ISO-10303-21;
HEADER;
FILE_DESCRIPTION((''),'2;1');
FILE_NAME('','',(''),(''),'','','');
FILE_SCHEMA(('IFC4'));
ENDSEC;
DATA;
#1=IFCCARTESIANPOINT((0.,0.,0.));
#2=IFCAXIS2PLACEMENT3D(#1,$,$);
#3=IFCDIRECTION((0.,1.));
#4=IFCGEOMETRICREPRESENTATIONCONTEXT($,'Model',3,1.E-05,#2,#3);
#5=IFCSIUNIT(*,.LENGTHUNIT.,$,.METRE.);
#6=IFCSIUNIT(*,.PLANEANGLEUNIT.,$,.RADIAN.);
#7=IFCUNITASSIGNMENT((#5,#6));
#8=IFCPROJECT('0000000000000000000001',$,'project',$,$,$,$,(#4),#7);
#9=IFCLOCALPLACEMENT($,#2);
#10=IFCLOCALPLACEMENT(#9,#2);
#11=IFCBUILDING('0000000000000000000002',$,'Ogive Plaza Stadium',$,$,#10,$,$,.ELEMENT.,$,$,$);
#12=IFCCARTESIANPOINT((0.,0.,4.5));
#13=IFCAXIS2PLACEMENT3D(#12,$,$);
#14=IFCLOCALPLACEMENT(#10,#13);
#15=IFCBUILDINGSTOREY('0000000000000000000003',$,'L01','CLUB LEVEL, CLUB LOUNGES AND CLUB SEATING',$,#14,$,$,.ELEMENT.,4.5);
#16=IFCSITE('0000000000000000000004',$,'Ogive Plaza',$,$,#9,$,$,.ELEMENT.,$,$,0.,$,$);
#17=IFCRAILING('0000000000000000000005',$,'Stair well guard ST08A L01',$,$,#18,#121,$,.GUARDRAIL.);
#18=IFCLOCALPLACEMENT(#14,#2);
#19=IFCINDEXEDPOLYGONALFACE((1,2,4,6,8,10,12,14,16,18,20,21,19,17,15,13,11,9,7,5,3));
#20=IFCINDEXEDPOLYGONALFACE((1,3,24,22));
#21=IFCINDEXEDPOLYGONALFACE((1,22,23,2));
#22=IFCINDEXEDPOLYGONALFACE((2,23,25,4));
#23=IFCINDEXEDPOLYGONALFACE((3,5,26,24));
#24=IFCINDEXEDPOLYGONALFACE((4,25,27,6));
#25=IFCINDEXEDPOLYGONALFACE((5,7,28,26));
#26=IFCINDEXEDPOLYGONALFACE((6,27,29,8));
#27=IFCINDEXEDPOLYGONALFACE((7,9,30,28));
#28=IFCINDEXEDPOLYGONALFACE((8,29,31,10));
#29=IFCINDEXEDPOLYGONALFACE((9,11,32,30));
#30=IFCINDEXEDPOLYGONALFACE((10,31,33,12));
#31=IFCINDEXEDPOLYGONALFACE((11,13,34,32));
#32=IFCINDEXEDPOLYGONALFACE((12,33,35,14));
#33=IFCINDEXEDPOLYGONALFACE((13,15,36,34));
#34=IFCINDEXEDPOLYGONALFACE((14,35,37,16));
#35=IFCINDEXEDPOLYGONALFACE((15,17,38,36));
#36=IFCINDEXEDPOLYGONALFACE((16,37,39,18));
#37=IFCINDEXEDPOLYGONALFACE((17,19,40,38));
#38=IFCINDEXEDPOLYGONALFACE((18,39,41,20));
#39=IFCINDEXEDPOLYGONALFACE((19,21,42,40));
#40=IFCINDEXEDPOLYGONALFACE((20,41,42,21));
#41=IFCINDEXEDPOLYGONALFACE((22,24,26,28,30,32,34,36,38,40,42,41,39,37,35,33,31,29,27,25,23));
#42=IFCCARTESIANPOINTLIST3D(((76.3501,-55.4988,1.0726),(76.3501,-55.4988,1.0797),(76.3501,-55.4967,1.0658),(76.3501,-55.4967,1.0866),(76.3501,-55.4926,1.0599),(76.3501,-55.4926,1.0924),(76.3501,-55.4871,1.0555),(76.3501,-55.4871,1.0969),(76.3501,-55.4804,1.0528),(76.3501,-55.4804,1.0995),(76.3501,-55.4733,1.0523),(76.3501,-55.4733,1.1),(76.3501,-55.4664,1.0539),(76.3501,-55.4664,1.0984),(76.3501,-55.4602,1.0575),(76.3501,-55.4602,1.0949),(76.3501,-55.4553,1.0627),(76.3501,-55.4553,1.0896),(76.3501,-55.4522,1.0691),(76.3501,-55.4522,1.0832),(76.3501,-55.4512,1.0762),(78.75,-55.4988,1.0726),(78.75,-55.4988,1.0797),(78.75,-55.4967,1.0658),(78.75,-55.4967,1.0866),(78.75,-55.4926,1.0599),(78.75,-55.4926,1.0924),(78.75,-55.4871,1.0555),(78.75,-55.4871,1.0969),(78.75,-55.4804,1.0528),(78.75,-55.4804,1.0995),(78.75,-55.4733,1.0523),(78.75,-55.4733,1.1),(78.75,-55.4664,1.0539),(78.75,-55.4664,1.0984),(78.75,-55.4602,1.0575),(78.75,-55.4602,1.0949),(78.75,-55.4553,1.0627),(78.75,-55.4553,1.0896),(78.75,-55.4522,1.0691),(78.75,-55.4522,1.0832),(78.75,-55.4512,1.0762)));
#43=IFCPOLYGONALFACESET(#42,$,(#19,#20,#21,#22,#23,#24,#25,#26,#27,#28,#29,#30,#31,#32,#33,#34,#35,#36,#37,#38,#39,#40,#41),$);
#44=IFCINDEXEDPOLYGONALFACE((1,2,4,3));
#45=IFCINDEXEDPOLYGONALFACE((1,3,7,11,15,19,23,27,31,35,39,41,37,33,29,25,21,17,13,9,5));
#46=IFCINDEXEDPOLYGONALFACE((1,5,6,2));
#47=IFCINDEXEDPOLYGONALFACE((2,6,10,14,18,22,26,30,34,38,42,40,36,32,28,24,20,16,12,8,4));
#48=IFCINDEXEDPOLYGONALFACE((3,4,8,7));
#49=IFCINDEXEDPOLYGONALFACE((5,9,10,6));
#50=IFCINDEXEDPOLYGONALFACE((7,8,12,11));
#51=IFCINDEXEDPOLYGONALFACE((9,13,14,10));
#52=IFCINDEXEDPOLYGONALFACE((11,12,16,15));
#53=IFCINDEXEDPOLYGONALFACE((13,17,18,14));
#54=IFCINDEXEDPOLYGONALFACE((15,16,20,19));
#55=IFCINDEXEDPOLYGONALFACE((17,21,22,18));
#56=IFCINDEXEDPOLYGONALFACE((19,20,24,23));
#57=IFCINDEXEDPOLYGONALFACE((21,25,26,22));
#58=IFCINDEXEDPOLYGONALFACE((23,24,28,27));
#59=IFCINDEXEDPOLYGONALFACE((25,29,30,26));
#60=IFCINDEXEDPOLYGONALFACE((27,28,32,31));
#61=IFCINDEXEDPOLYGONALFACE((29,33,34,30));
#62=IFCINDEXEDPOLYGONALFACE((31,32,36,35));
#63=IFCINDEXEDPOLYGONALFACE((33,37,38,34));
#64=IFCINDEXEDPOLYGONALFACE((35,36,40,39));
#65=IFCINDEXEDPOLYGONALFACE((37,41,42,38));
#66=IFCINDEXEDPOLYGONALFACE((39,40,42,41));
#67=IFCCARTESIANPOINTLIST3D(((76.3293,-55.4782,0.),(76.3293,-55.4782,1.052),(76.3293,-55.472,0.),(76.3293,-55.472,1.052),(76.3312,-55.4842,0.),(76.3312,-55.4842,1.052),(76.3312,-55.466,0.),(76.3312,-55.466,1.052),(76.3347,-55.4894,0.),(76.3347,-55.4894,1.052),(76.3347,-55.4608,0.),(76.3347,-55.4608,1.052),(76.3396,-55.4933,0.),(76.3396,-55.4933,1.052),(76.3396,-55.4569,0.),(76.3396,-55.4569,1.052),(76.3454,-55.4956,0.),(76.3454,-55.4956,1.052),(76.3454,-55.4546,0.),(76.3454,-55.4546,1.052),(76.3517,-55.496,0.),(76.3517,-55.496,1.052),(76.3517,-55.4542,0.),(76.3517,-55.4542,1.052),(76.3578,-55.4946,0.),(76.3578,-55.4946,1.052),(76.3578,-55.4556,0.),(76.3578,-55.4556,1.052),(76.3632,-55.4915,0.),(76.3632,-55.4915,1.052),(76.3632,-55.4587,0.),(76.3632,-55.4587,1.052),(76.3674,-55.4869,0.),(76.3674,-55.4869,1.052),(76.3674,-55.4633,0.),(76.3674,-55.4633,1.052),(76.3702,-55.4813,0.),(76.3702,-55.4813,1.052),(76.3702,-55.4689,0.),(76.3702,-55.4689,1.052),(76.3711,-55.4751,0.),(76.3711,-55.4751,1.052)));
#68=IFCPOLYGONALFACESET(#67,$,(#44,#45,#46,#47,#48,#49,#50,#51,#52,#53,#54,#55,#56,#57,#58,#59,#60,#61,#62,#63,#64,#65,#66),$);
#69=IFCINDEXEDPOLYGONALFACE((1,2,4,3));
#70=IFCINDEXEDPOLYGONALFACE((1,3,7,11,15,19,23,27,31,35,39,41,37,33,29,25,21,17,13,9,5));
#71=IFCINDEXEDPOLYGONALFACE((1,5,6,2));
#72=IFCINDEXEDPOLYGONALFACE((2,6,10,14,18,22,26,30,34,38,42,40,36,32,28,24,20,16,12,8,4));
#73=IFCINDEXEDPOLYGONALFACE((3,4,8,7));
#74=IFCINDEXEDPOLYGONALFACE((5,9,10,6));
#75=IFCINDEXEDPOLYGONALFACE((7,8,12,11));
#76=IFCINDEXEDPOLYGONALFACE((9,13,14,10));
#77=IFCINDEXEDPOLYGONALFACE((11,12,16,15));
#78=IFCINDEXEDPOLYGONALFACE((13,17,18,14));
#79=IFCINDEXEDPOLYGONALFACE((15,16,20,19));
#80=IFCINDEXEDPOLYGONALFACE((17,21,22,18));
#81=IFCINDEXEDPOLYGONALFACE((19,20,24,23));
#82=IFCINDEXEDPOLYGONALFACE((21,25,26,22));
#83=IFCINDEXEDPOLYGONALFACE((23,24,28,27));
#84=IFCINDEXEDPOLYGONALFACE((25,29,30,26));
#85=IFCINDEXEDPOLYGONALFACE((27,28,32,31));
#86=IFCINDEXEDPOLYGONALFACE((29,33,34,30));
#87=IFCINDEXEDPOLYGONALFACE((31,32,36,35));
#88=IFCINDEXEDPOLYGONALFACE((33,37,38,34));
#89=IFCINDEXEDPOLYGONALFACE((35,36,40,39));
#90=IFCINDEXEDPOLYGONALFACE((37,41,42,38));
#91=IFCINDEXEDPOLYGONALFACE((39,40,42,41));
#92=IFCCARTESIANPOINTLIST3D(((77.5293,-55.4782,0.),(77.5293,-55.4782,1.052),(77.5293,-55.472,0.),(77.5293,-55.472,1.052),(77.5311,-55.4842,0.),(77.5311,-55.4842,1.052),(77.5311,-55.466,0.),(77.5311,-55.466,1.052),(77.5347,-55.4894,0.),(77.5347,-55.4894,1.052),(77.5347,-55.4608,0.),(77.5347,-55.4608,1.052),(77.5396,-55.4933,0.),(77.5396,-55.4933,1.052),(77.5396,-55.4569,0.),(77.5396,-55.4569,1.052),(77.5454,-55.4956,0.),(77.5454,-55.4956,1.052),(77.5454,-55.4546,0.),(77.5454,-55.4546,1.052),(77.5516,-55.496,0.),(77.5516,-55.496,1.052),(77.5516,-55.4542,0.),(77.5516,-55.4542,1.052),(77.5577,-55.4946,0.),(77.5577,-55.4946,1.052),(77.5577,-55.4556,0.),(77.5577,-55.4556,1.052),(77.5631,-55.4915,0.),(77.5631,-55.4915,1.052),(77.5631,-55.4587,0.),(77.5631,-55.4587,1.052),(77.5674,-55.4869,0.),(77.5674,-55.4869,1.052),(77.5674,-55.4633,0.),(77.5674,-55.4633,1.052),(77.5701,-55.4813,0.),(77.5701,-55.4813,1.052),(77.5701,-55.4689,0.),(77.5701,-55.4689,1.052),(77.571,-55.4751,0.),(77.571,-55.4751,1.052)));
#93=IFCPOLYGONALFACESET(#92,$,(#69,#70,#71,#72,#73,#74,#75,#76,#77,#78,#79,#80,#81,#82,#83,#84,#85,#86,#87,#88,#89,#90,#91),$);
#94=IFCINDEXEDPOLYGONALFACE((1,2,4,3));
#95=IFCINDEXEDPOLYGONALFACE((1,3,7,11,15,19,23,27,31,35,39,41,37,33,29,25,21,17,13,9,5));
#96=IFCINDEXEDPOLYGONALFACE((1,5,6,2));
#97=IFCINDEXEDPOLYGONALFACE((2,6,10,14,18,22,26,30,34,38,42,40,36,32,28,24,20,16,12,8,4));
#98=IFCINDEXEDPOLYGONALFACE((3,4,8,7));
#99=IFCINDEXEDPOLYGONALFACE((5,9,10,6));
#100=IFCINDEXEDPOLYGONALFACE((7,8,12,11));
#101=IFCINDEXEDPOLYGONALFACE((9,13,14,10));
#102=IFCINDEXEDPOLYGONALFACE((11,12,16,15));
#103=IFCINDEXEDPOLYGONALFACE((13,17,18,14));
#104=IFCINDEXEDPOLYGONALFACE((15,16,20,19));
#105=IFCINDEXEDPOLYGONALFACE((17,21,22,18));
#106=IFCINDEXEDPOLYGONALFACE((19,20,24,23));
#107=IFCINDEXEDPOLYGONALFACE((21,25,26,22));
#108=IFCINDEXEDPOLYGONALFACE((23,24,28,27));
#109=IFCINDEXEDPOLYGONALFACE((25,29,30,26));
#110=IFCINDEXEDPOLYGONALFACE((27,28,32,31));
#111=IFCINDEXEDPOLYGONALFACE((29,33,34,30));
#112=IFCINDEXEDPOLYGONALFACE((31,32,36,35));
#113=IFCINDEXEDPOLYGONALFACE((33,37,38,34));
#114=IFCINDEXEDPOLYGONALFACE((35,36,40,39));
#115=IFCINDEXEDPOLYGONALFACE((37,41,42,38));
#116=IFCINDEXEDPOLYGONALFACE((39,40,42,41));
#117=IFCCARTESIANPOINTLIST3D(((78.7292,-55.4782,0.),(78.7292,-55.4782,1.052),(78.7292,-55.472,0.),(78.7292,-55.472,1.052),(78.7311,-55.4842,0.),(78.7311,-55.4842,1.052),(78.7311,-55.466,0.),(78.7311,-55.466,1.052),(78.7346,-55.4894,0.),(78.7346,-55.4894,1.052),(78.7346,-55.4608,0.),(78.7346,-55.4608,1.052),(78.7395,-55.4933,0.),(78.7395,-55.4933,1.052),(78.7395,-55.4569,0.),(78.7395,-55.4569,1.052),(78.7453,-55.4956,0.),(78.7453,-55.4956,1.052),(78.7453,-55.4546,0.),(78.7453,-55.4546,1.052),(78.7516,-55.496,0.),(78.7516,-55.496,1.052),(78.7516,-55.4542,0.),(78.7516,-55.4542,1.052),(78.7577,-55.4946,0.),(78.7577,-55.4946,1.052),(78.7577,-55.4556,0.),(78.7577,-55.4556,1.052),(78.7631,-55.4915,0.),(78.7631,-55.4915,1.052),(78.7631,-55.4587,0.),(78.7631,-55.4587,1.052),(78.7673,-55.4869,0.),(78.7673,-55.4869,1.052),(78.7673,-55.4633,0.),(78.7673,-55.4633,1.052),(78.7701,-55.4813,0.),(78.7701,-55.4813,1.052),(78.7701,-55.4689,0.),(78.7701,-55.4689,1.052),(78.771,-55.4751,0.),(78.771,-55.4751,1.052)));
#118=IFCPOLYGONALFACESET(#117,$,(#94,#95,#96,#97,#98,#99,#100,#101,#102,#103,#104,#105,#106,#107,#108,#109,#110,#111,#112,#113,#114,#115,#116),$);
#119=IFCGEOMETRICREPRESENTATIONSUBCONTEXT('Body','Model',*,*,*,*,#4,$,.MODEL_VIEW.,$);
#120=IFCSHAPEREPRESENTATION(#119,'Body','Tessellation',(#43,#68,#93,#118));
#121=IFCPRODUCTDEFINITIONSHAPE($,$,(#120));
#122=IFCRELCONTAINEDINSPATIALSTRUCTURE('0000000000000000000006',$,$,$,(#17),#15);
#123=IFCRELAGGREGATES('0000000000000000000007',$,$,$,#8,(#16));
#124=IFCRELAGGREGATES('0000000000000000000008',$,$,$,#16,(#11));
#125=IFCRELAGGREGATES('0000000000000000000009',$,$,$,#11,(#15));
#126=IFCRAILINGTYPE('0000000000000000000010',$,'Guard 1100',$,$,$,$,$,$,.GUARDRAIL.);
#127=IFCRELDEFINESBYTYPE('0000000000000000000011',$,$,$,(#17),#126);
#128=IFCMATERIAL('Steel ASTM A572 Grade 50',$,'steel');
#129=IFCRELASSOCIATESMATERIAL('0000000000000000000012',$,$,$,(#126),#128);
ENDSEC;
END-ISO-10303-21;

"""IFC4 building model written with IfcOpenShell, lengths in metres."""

from ifc_helpers import new_model, si_unit, direction, frame, origin, origin_2d, place, context, subcontext, project, spatial, circle, extrude, material, type_object, element, save


model = new_model("IFC4")

# Units and contexts
model_context = context("Model", 3, precision=1e-05, world=origin(), true_north=direction((0.0, 1.0)))
body_context = subcontext(model_context, "Body", "Model", "MODEL_VIEW")
ifc_project = project(units=[si_unit("LENGTHUNIT", "METRE"), si_unit("PLANEANGLEUNIT", "RADIAN")], contexts=[model_context])

# Site, building, storey
site_placement = place(None, origin())
site = spatial("IfcSite", under=ifc_project, at=site_placement, Name="Ogive Plaza", CompositionType="ELEMENT", RefElevation=0.0)
building_placement = place(site_placement, origin())
building = spatial("IfcBuilding", under=site, at=building_placement, Name="Ogive Plaza Stadium", CompositionType="ELEMENT")
storey_placement = place(building_placement, frame((0.0, 0.0, 4.5)))
storey = spatial("IfcBuildingStorey", under=building, at=storey_placement, Name="L01", Description="CLUB LEVEL, CLUB LOUNGES AND CLUB SEATING", CompositionType="ELEMENT", Elevation=4.5)

# Railing
ifc_material_1 = material(Name="Steel ASTM A572 Grade 50", Category="steel")
railing_type_1 = type_object("IfcRailingType", Name="Guard 1100", PredefinedType="GUARDRAIL", material=ifc_material_1)
railing_placement = place(storey_placement, frame((76.3501, -55.4751, 0.0)))
element("IfcRailing", 1, at=railing_placement, inside=storey, type_object=railing_type_1, Name="Stair well guard ST08A L01", PredefinedType="GUARDRAIL", context=body_context, shape_type="SweptSolid", body=[
    extrude(circle(Radius=0.0239, at=origin_2d()), frame((0.0, 0.0, 1.0762), z_axis=(1.0, 0.0, 0.0), x_axis=(0.0, 1.0, 0.0)), (0.0, 0.0, 1.0), 2.3999),
    extrude(circle(Radius=0.021, at=origin_2d()), origin(), (0.0, 0.0, 1.0), 1.052),
    extrude(circle(Radius=0.021, at=origin_2d()), frame((1.2, 0.0, 0.0)), (0.0, 0.0, 1.0), 1.052),
    extrude(circle(Radius=0.021, at=origin_2d()), frame((2.3999, 0.0, 0.0)), (0.0, 0.0, 1.0), 1.052),
])

save(model, "model.ifc")
